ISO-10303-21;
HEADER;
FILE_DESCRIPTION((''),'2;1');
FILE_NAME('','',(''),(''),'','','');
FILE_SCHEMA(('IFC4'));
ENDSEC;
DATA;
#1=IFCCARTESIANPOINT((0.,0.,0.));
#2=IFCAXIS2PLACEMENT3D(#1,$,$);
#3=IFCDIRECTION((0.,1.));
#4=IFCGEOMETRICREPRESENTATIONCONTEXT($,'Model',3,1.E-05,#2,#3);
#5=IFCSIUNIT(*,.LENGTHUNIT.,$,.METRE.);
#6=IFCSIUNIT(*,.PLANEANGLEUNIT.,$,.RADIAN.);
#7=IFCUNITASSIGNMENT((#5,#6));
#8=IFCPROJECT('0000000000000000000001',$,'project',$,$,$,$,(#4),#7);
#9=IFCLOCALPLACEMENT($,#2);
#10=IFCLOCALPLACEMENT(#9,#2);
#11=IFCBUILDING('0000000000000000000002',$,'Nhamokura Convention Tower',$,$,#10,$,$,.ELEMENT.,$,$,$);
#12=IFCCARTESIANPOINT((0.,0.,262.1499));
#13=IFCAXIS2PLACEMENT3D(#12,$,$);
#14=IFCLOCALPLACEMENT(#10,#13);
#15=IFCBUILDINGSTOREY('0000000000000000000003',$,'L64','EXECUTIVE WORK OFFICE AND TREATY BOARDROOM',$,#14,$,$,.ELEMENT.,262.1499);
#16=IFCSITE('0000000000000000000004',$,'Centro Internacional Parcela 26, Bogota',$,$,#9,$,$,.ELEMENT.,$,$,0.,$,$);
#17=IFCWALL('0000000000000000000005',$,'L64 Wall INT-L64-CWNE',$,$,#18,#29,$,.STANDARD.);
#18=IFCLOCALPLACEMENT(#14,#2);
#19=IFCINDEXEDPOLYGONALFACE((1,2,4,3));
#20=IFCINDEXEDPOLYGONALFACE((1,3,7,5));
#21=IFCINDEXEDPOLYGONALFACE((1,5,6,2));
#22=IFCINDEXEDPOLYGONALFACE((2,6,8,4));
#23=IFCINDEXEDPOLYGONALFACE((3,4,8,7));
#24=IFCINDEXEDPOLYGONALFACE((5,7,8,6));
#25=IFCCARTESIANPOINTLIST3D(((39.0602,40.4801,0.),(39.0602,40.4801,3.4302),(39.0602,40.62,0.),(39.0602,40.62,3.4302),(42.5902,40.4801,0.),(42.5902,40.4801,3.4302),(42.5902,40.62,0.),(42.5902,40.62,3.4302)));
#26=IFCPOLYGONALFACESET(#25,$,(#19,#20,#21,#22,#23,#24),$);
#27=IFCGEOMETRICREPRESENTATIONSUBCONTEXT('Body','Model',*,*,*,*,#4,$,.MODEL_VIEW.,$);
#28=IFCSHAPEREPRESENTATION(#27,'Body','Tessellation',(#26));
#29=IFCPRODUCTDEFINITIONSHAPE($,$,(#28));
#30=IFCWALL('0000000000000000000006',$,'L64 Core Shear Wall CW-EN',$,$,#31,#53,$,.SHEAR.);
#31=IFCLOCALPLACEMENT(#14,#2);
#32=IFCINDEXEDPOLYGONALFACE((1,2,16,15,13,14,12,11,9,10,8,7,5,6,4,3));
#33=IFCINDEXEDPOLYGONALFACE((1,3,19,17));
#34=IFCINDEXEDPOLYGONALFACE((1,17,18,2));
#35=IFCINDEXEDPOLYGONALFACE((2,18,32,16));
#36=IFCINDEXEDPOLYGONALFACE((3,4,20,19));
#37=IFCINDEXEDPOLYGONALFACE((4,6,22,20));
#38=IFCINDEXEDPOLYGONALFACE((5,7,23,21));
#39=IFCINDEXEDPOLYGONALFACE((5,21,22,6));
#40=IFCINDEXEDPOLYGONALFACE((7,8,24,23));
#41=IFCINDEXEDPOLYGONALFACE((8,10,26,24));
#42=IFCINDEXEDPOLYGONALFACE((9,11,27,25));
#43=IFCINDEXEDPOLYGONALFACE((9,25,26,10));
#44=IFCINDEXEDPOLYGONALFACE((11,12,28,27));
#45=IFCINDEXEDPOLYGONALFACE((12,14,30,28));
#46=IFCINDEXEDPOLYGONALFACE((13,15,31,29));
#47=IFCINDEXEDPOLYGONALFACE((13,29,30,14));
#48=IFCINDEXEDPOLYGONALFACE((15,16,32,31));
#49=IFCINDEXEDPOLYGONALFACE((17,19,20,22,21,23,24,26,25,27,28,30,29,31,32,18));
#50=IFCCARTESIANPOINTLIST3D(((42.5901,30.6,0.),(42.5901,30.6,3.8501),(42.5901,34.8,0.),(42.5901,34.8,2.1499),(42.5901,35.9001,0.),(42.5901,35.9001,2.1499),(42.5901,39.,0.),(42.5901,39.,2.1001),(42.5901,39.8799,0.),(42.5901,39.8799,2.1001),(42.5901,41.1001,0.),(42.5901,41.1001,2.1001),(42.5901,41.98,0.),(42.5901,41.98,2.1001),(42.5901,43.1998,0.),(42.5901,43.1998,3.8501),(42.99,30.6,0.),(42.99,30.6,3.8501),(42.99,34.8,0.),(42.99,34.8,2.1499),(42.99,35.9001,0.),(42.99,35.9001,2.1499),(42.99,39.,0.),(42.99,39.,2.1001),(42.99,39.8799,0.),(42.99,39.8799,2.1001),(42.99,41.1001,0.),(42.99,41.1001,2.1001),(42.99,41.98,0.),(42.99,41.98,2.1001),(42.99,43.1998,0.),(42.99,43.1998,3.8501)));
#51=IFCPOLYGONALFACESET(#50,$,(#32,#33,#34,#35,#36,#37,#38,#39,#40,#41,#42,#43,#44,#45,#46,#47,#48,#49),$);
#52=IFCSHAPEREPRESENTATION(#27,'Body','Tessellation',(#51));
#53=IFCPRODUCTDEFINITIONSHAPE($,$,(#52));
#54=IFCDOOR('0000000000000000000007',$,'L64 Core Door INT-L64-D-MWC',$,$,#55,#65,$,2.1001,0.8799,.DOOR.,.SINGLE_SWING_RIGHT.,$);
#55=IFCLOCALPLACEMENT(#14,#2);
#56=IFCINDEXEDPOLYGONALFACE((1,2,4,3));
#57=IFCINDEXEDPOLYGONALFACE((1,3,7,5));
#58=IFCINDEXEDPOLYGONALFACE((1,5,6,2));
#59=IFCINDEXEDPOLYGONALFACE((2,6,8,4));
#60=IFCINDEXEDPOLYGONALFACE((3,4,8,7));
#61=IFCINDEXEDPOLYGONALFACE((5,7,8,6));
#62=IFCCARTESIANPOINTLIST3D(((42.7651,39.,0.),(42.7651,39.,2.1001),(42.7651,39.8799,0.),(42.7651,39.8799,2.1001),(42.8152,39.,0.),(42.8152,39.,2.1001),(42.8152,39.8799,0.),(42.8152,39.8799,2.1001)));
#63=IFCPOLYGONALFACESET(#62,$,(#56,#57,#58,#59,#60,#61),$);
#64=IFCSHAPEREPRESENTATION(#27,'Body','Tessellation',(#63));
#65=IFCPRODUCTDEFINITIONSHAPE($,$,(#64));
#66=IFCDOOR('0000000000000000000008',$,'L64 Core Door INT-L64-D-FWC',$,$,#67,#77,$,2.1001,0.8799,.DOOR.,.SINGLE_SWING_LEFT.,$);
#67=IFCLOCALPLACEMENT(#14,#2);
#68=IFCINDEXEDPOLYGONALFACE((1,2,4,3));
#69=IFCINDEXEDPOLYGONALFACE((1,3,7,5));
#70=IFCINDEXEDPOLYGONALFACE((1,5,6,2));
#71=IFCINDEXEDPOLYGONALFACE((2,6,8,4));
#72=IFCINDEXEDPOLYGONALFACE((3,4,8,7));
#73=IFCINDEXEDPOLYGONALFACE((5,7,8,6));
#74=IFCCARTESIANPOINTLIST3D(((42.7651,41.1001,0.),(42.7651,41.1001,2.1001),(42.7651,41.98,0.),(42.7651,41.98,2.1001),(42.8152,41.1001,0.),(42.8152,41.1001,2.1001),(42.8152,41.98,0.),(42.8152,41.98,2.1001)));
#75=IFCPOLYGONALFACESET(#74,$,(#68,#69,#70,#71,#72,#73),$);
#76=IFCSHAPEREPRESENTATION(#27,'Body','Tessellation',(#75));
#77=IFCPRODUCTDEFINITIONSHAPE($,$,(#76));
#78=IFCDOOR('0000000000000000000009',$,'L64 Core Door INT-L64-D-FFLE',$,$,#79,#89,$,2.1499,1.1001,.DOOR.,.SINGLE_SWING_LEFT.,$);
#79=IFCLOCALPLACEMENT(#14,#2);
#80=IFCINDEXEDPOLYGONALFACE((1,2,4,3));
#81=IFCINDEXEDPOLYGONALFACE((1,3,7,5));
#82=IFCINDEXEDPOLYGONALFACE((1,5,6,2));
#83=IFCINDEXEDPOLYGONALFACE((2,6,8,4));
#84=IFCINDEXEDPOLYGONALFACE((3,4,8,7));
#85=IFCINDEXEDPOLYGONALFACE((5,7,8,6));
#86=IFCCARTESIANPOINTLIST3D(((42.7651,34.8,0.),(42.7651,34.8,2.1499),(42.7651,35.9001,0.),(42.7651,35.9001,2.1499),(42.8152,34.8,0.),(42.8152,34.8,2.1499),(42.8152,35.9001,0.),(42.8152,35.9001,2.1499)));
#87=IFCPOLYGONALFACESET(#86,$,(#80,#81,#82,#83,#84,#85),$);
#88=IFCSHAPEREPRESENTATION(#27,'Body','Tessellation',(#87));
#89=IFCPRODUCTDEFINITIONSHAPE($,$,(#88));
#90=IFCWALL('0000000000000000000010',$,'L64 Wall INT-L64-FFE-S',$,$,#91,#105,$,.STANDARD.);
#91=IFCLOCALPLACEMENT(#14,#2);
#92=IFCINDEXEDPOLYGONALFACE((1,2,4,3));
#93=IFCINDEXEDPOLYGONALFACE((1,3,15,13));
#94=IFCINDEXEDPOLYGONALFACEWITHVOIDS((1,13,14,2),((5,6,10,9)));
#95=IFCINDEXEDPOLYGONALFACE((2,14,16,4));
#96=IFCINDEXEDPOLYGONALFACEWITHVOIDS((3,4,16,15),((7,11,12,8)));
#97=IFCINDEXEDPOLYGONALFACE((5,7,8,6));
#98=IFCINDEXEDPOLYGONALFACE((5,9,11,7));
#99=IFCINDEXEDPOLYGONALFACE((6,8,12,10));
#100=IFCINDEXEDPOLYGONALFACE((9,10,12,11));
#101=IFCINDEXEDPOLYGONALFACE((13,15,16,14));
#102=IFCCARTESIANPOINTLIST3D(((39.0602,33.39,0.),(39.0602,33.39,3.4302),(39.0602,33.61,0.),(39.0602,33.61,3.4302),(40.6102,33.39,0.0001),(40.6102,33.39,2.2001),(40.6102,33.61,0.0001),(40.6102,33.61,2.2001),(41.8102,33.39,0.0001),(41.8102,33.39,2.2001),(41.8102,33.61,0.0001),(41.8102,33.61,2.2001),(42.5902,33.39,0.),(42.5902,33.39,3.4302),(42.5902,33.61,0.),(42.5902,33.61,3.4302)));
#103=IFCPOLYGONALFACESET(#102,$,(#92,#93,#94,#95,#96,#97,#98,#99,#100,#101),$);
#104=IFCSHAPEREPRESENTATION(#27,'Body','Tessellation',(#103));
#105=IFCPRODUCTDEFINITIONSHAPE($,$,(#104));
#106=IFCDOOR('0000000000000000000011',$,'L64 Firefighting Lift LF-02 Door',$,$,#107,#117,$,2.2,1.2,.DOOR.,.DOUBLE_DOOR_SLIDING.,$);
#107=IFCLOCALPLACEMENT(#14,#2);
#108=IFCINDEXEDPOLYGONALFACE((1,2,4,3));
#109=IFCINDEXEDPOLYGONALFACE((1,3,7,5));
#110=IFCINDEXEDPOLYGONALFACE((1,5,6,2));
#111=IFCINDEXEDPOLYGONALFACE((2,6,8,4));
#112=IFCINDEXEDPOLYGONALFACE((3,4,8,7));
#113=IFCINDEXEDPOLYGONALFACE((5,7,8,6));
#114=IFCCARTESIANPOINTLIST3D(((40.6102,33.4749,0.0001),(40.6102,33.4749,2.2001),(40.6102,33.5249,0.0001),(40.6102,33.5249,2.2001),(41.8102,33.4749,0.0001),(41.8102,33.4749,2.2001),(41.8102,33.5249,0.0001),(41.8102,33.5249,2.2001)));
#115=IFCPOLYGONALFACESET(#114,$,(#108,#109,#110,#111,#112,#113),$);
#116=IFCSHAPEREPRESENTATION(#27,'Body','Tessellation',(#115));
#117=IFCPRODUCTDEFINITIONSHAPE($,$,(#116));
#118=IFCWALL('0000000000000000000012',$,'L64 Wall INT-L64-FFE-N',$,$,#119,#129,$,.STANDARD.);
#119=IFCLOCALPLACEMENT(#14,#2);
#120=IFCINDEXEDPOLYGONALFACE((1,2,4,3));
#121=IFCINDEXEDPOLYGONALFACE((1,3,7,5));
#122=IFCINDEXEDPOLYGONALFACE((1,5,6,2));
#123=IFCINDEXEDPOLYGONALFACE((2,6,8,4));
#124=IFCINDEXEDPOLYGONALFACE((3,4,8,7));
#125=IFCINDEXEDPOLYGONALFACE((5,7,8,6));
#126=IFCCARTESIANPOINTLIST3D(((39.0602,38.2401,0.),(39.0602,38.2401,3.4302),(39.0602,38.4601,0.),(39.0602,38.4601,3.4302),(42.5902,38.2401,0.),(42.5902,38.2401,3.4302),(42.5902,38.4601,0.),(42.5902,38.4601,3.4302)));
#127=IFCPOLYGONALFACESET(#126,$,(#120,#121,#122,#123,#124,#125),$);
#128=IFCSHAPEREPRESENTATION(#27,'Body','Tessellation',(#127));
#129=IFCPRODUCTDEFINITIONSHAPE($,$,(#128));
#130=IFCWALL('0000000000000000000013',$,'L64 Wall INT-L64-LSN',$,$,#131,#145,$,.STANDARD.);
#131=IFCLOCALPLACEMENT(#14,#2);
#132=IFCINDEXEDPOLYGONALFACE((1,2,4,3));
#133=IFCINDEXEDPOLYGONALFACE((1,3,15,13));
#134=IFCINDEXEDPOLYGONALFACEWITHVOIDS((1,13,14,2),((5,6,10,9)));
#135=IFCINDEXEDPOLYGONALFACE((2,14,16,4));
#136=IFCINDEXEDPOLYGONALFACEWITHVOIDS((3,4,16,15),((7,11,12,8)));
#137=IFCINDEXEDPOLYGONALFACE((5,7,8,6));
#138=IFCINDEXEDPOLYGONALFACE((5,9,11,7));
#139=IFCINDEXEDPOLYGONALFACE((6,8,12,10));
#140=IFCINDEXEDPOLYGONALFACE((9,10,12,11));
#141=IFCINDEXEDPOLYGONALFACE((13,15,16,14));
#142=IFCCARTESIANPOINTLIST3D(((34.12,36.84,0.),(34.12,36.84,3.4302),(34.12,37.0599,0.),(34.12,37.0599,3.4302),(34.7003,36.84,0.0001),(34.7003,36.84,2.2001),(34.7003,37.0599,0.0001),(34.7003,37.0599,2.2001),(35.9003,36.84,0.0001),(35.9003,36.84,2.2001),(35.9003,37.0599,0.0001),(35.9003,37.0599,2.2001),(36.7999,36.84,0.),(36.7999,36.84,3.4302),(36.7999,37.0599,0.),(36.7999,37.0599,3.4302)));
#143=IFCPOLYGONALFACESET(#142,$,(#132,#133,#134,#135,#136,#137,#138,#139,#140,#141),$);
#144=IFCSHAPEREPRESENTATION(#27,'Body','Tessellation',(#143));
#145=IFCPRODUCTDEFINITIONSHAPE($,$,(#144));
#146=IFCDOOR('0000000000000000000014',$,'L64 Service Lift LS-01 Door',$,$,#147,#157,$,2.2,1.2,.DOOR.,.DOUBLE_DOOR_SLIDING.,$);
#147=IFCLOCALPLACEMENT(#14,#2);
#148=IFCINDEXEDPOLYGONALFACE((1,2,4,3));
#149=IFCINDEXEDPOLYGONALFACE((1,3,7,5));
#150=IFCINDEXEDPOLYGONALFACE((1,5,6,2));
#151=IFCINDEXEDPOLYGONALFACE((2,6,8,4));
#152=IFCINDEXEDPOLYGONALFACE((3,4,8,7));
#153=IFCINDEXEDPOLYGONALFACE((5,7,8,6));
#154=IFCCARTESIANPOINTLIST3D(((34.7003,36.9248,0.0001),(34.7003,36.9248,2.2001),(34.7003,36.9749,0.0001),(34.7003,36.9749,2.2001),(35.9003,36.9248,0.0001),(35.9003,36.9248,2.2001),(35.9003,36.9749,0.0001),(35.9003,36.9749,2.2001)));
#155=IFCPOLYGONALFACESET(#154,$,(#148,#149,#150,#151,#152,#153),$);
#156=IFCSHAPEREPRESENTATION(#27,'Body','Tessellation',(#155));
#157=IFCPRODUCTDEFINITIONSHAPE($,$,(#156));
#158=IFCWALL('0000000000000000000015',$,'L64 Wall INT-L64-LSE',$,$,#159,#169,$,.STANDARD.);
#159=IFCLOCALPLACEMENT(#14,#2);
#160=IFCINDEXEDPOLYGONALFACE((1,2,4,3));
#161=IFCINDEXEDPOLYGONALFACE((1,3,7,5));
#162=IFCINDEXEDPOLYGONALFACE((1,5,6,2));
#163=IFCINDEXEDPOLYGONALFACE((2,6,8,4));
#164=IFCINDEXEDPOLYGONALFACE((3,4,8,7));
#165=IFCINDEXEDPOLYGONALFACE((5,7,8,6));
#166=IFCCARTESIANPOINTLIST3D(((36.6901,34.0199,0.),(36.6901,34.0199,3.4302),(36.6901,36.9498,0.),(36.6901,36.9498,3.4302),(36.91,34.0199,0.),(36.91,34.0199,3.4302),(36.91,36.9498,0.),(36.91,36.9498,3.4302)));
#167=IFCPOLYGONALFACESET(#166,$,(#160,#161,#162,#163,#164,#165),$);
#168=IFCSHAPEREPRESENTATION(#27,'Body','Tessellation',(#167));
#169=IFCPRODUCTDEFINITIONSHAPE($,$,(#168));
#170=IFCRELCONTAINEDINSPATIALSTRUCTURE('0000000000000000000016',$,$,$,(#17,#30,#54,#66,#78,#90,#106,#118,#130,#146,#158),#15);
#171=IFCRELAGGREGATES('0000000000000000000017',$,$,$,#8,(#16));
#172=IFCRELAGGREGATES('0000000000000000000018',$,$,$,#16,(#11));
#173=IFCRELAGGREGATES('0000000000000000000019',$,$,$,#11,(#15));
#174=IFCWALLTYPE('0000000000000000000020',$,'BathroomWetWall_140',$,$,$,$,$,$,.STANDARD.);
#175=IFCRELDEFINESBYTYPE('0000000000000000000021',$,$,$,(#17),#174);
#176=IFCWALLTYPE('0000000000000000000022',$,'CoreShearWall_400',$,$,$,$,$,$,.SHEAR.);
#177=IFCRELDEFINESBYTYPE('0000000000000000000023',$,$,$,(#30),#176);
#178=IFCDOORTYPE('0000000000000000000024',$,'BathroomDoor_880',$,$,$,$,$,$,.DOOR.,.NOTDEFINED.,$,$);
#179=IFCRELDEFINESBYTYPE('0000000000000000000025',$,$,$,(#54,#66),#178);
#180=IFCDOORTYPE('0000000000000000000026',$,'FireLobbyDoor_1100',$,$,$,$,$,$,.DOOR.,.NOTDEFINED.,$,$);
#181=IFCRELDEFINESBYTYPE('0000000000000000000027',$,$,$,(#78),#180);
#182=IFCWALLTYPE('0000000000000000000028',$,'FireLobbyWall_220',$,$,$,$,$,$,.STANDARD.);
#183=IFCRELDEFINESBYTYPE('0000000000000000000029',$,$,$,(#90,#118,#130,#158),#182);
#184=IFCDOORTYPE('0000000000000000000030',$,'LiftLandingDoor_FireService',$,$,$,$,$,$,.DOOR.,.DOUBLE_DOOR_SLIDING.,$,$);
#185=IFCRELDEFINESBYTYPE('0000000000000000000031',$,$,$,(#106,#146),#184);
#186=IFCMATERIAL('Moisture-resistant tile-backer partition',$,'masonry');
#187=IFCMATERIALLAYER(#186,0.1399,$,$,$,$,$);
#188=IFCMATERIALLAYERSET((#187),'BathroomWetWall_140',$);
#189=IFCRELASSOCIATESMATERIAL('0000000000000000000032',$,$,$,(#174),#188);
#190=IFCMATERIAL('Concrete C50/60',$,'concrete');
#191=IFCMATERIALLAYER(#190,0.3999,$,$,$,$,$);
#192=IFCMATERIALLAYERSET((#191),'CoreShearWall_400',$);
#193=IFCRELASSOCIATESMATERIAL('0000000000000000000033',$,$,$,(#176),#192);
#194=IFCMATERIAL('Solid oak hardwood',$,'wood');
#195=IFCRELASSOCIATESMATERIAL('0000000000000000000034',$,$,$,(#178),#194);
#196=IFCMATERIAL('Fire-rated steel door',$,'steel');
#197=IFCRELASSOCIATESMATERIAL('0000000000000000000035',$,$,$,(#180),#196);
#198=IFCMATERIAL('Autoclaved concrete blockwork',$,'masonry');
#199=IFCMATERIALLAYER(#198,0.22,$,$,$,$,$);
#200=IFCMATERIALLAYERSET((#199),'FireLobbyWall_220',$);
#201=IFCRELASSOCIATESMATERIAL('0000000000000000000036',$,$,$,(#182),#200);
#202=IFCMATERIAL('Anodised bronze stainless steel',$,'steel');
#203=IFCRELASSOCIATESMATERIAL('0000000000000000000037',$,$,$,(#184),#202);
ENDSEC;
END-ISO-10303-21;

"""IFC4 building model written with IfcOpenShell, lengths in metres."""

from ifc_helpers import new_model, si_unit, direction, frame, frame_2d, origin, place, context, subcontext, project, spatial, rectangle, extrude, material, layer, layer_set, type_object, element, fill, save


model = new_model("IFC4")

# Units and contexts
model_context = context("Model", 3, precision=1e-05, world=origin(), true_north=direction((0.0, 1.0)))
body_context = subcontext(model_context, "Body", "Model", "MODEL_VIEW")
ifc_project = project(units=[si_unit("LENGTHUNIT", "METRE"), si_unit("PLANEANGLEUNIT", "RADIAN")], contexts=[model_context])

# Site, building, storey
site_placement = place(None, origin())
site = spatial("IfcSite", under=ifc_project, at=site_placement, Name="Centro Internacional Parcela 26, Bogota", CompositionType="ELEMENT", RefElevation=0.0)
building_placement = place(site_placement, origin())
building = spatial("IfcBuilding", under=site, at=building_placement, Name="Nhamokura Convention Tower", CompositionType="ELEMENT")
storey_placement = place(building_placement, frame((0.0, 0.0, 262.1499)))
storey = spatial("IfcBuildingStorey", under=building, at=storey_placement, Name="L64", Description="EXECUTIVE WORK OFFICE AND TREATY BOARDROOM", CompositionType="ELEMENT", Elevation=262.1499)

# Wall
ifc_material_1 = material(Name="Moisture-resistant tile-backer partition", Category="masonry")
ifc_layer_1 = layer(ifc_material_1, 0.1399)
ifc_layer_set_1 = layer_set([ifc_layer_1], Name="BathroomWetWall_140")
wall_type_1 = type_object("IfcWallType", Name="BathroomWetWall_140", PredefinedType="STANDARD", material=ifc_layer_set_1)
wall_1_placement = place(storey_placement, frame((39.0601, 40.55, 0.0), z_axis=(0.0, 0.0, 1.0), x_axis=(1.0, 0.0, 0.0)))
element("IfcWall", 1, at=wall_1_placement, inside=storey, type_object=wall_type_1, Name="L64 Wall INT-L64-CWNE", PredefinedType="STANDARD", context=body_context, shape_type="SweptSolid", body=[
    extrude(rectangle(XDim=3.53, YDim=0.1399, at=frame_2d((1.7651, 0.0))), origin(), (0.0, 0.0, 1.0), 3.4302),
])

# Wall, openings, doors
ifc_material_2 = material(Name="Concrete C50/60", Category="concrete")
ifc_layer_2 = layer(ifc_material_2, 0.3999)
ifc_layer_set_2 = layer_set([ifc_layer_2], Name="CoreShearWall_400")
wall_type_2 = type_object("IfcWallType", Name="CoreShearWall_400", PredefinedType="SHEAR", material=ifc_layer_set_2)
wall_2_placement = place(storey_placement, frame((42.79, 30.6001, 0.0), z_axis=(0.0, 0.0, 1.0), x_axis=(0.0, 1.0, 0.0)))
wall_2 = element("IfcWall", 2, at=wall_2_placement, inside=storey, type_object=wall_type_2, Name="L64 Core Shear Wall CW-EN", PredefinedType="SHEAR", context=body_context, shape_type="SweptSolid", body=[
    extrude(rectangle(XDim=12.5999, YDim=0.3999, at=frame_2d((6.2998, 0.0))), origin(), (0.0, 0.0, 1.0), 3.8501),
])
opening_1_placement = place(wall_2_placement, frame((4.2, 0.0, 0.0)))
opening_1 = element("IfcOpeningElement", 3, at=opening_1_placement, cuts=wall_2, PredefinedType="OPENING", context=body_context, shape_type="SweptSolid", body=[
    extrude(rectangle(XDim=1.1001, YDim=2.1499, at=frame_2d((0.55, 1.075))), frame((0.0, 0.21, 0.0), z_axis=(0.0, -1.0, 0.0), x_axis=(1.0, 0.0, 0.0)), (0.0, 0.0, 1.0), 0.4199),
])
opening_2_placement = place(wall_2_placement, frame((8.3999, 0.0, 0.0)))
opening_2 = element("IfcOpeningElement", 4, at=opening_2_placement, cuts=wall_2, PredefinedType="OPENING", context=body_context, shape_type="SweptSolid", body=[
    extrude(rectangle(XDim=0.8799, YDim=2.1001, at=frame_2d((0.4399, 1.05))), frame((0.0, 0.21, 0.0), z_axis=(0.0, -1.0, 0.0), x_axis=(1.0, 0.0, 0.0)), (0.0, 0.0, 1.0), 0.4199),
])
opening_3_placement = place(wall_2_placement, frame((10.5, 0.0, 0.0)))
opening_3 = element("IfcOpeningElement", 5, at=opening_3_placement, cuts=wall_2, PredefinedType="OPENING", context=body_context, shape_type="SweptSolid", body=[
    extrude(rectangle(XDim=0.8799, YDim=2.1001, at=frame_2d((0.4399, 1.05))), frame((0.0, 0.21, 0.0), z_axis=(0.0, -1.0, 0.0), x_axis=(1.0, 0.0, 0.0)), (0.0, 0.0, 1.0), 0.4199),
])
ifc_material_3 = material(Name="Solid oak hardwood", Category="wood")
door_type_1 = type_object("IfcDoorType", Name="BathroomDoor_880", OperationType="NOTDEFINED", PredefinedType="DOOR", material=ifc_material_3)
door_1_placement = place(opening_2_placement, origin())
door_1 = element("IfcDoor", 6, at=door_1_placement, inside=storey, type_object=door_type_1, Name="L64 Core Door INT-L64-D-MWC", OperationType="SINGLE_SWING_RIGHT", OverallHeight=2.1001, OverallWidth=0.8799, PredefinedType="DOOR", context=body_context, shape_type="SweptSolid", body=[
    extrude(rectangle(XDim=0.8799, YDim=2.1001, at=frame_2d((0.4399, 1.05))), frame((0.0, 0.0249, 0.0), z_axis=(0.0, -1.0, 0.0), x_axis=(1.0, 0.0, 0.0)), (0.0, 0.0, 1.0), 0.05),
])
fill(opening_2, door_1)
door_2_placement = place(opening_3_placement, origin())
door_2 = element("IfcDoor", 7, at=door_2_placement, inside=storey, type_object=door_type_1, Name="L64 Core Door INT-L64-D-FWC", OperationType="SINGLE_SWING_LEFT", OverallHeight=2.1001, OverallWidth=0.8799, PredefinedType="DOOR", context=body_context, shape_type="SweptSolid", body=[
    extrude(rectangle(XDim=0.8799, YDim=2.1001, at=frame_2d((0.4399, 1.05))), frame((0.0, 0.0249, 0.0), z_axis=(0.0, -1.0, 0.0), x_axis=(1.0, 0.0, 0.0)), (0.0, 0.0, 1.0), 0.05),
])
fill(opening_3, door_2)
ifc_material_4 = material(Name="Fire-rated steel door", Category="steel")
door_type_2 = type_object("IfcDoorType", Name="FireLobbyDoor_1100", OperationType="NOTDEFINED", PredefinedType="DOOR", material=ifc_material_4)
door_3_placement = place(opening_1_placement, origin())
door_3 = element("IfcDoor", 8, at=door_3_placement, inside=storey, type_object=door_type_2, Name="L64 Core Door INT-L64-D-FFLE", OperationType="SINGLE_SWING_LEFT", OverallHeight=2.1499, OverallWidth=1.1001, PredefinedType="DOOR", context=body_context, shape_type="SweptSolid", body=[
    extrude(rectangle(XDim=1.1001, YDim=2.1499, at=frame_2d((0.55, 1.075))), frame((0.0, 0.0249, 0.0), z_axis=(0.0, -1.0, 0.0), x_axis=(1.0, 0.0, 0.0)), (0.0, 0.0, 1.0), 0.05),
])
fill(opening_1, door_3)

# Wall, opening, door
ifc_material_5 = material(Name="Autoclaved concrete blockwork", Category="masonry")
ifc_layer_3 = layer(ifc_material_5, 0.22)
ifc_layer_set_3 = layer_set([ifc_layer_3], Name="FireLobbyWall_220")
wall_type_3 = type_object("IfcWallType", Name="FireLobbyWall_220", PredefinedType="STANDARD", material=ifc_layer_set_3)
wall_3_placement = place(storey_placement, frame((39.0601, 33.5, 0.0), z_axis=(0.0, 0.0, 1.0), x_axis=(1.0, 0.0, 0.0)))
wall_3 = element("IfcWall", 9, at=wall_3_placement, inside=storey, type_object=wall_type_3, Name="L64 Wall INT-L64-FFE-S", PredefinedType="STANDARD", context=body_context, shape_type="SweptSolid", body=[
    extrude(rectangle(XDim=3.53, YDim=0.22, at=frame_2d((1.7651, 0.0))), origin(), (0.0, 0.0, 1.0), 3.4302),
])
opening_4_placement = place(wall_3_placement, frame((1.55, 0.0, 0.0)))
opening_4 = element("IfcOpeningElement", 10, at=opening_4_placement, cuts=wall_3, PredefinedType="OPENING", context=body_context, shape_type="SweptSolid", body=[
    extrude(rectangle(XDim=1.2, YDim=2.2, at=frame_2d((0.6001, 1.1001))), frame((0.0, 0.1199, 0.0), z_axis=(0.0, -1.0, 0.0), x_axis=(1.0, 0.0, 0.0)), (0.0, 0.0, 1.0), 0.24),
])
ifc_material_6 = material(Name="Anodised bronze stainless steel", Category="steel")
door_type_3 = type_object("IfcDoorType", Name="LiftLandingDoor_FireService", OperationType="DOUBLE_DOOR_SLIDING", PredefinedType="DOOR", material=ifc_material_6)
door_4_placement = place(opening_4_placement, origin())
door_4 = element("IfcDoor", 11, at=door_4_placement, inside=storey, type_object=door_type_3, Name="L64 Firefighting Lift LF-02 Door", OperationType="DOUBLE_DOOR_SLIDING", OverallHeight=2.2, OverallWidth=1.2, PredefinedType="DOOR", context=body_context, shape_type="SweptSolid", body=[
    extrude(rectangle(XDim=1.2, YDim=2.2, at=frame_2d((0.6001, 1.1001))), frame((0.0, 0.0249, 0.0), z_axis=(0.0, -1.0, 0.0), x_axis=(1.0, 0.0, 0.0)), (0.0, 0.0, 1.0), 0.05),
])
fill(opening_4, door_4)

# Wall
wall_4_placement = place(storey_placement, frame((39.0601, 38.3501, 0.0), z_axis=(0.0, 0.0, 1.0), x_axis=(1.0, 0.0, 0.0)))
element("IfcWall", 12, at=wall_4_placement, inside=storey, type_object=wall_type_3, Name="L64 Wall INT-L64-FFE-N", PredefinedType="STANDARD", context=body_context, shape_type="SweptSolid", body=[
    extrude(rectangle(XDim=3.53, YDim=0.22, at=frame_2d((1.7651, 0.0))), origin(), (0.0, 0.0, 1.0), 3.4302),
])

# Wall, opening, door
wall_5_placement = place(storey_placement, frame((34.1201, 36.95, 0.0), z_axis=(0.0, 0.0, 1.0), x_axis=(1.0, 0.0, 0.0)))
wall_5 = element("IfcWall", 13, at=wall_5_placement, inside=storey, type_object=wall_type_3, Name="L64 Wall INT-L64-LSN", PredefinedType="STANDARD", context=body_context, shape_type="SweptSolid", body=[
    extrude(rectangle(XDim=2.6799, YDim=0.22, at=frame_2d((1.3398, 0.0))), origin(), (0.0, 0.0, 1.0), 3.4302),
])
opening_5_placement = place(wall_5_placement, frame((0.5801, 0.0, 0.0)))
opening_5 = element("IfcOpeningElement", 14, at=opening_5_placement, cuts=wall_5, PredefinedType="OPENING", context=body_context, shape_type="SweptSolid", body=[
    extrude(rectangle(XDim=1.2, YDim=2.2, at=frame_2d((0.6001, 1.1001))), frame((0.0, 0.1199, 0.0), z_axis=(0.0, -1.0, 0.0), x_axis=(1.0, 0.0, 0.0)), (0.0, 0.0, 1.0), 0.24),
])
door_5_placement = place(opening_5_placement, origin())
door_5 = element("IfcDoor", 15, at=door_5_placement, inside=storey, type_object=door_type_3, Name="L64 Service Lift LS-01 Door", OperationType="DOUBLE_DOOR_SLIDING", OverallHeight=2.2, OverallWidth=1.2, PredefinedType="DOOR", context=body_context, shape_type="SweptSolid", body=[
    extrude(rectangle(XDim=1.2, YDim=2.2, at=frame_2d((0.6001, 1.1001))), frame((0.0, 0.0249, 0.0), z_axis=(0.0, -1.0, 0.0), x_axis=(1.0, 0.0, 0.0)), (0.0, 0.0, 1.0), 0.05),
])
fill(opening_5, door_5)

# Wall
wall_6_placement = place(storey_placement, frame((36.8, 34.02, 0.0), z_axis=(0.0, 0.0, 1.0), x_axis=(0.0, 1.0, 0.0)))
element("IfcWall", 16, at=wall_6_placement, inside=storey, type_object=wall_type_3, Name="L64 Wall INT-L64-LSE", PredefinedType="STANDARD", context=body_context, shape_type="SweptSolid", body=[
    extrude(rectangle(XDim=2.9299, YDim=0.22, at=frame_2d((1.4648, 0.0))), origin(), (0.0, 0.0, 1.0), 3.4302),
])

save(model, "model.ifc")
